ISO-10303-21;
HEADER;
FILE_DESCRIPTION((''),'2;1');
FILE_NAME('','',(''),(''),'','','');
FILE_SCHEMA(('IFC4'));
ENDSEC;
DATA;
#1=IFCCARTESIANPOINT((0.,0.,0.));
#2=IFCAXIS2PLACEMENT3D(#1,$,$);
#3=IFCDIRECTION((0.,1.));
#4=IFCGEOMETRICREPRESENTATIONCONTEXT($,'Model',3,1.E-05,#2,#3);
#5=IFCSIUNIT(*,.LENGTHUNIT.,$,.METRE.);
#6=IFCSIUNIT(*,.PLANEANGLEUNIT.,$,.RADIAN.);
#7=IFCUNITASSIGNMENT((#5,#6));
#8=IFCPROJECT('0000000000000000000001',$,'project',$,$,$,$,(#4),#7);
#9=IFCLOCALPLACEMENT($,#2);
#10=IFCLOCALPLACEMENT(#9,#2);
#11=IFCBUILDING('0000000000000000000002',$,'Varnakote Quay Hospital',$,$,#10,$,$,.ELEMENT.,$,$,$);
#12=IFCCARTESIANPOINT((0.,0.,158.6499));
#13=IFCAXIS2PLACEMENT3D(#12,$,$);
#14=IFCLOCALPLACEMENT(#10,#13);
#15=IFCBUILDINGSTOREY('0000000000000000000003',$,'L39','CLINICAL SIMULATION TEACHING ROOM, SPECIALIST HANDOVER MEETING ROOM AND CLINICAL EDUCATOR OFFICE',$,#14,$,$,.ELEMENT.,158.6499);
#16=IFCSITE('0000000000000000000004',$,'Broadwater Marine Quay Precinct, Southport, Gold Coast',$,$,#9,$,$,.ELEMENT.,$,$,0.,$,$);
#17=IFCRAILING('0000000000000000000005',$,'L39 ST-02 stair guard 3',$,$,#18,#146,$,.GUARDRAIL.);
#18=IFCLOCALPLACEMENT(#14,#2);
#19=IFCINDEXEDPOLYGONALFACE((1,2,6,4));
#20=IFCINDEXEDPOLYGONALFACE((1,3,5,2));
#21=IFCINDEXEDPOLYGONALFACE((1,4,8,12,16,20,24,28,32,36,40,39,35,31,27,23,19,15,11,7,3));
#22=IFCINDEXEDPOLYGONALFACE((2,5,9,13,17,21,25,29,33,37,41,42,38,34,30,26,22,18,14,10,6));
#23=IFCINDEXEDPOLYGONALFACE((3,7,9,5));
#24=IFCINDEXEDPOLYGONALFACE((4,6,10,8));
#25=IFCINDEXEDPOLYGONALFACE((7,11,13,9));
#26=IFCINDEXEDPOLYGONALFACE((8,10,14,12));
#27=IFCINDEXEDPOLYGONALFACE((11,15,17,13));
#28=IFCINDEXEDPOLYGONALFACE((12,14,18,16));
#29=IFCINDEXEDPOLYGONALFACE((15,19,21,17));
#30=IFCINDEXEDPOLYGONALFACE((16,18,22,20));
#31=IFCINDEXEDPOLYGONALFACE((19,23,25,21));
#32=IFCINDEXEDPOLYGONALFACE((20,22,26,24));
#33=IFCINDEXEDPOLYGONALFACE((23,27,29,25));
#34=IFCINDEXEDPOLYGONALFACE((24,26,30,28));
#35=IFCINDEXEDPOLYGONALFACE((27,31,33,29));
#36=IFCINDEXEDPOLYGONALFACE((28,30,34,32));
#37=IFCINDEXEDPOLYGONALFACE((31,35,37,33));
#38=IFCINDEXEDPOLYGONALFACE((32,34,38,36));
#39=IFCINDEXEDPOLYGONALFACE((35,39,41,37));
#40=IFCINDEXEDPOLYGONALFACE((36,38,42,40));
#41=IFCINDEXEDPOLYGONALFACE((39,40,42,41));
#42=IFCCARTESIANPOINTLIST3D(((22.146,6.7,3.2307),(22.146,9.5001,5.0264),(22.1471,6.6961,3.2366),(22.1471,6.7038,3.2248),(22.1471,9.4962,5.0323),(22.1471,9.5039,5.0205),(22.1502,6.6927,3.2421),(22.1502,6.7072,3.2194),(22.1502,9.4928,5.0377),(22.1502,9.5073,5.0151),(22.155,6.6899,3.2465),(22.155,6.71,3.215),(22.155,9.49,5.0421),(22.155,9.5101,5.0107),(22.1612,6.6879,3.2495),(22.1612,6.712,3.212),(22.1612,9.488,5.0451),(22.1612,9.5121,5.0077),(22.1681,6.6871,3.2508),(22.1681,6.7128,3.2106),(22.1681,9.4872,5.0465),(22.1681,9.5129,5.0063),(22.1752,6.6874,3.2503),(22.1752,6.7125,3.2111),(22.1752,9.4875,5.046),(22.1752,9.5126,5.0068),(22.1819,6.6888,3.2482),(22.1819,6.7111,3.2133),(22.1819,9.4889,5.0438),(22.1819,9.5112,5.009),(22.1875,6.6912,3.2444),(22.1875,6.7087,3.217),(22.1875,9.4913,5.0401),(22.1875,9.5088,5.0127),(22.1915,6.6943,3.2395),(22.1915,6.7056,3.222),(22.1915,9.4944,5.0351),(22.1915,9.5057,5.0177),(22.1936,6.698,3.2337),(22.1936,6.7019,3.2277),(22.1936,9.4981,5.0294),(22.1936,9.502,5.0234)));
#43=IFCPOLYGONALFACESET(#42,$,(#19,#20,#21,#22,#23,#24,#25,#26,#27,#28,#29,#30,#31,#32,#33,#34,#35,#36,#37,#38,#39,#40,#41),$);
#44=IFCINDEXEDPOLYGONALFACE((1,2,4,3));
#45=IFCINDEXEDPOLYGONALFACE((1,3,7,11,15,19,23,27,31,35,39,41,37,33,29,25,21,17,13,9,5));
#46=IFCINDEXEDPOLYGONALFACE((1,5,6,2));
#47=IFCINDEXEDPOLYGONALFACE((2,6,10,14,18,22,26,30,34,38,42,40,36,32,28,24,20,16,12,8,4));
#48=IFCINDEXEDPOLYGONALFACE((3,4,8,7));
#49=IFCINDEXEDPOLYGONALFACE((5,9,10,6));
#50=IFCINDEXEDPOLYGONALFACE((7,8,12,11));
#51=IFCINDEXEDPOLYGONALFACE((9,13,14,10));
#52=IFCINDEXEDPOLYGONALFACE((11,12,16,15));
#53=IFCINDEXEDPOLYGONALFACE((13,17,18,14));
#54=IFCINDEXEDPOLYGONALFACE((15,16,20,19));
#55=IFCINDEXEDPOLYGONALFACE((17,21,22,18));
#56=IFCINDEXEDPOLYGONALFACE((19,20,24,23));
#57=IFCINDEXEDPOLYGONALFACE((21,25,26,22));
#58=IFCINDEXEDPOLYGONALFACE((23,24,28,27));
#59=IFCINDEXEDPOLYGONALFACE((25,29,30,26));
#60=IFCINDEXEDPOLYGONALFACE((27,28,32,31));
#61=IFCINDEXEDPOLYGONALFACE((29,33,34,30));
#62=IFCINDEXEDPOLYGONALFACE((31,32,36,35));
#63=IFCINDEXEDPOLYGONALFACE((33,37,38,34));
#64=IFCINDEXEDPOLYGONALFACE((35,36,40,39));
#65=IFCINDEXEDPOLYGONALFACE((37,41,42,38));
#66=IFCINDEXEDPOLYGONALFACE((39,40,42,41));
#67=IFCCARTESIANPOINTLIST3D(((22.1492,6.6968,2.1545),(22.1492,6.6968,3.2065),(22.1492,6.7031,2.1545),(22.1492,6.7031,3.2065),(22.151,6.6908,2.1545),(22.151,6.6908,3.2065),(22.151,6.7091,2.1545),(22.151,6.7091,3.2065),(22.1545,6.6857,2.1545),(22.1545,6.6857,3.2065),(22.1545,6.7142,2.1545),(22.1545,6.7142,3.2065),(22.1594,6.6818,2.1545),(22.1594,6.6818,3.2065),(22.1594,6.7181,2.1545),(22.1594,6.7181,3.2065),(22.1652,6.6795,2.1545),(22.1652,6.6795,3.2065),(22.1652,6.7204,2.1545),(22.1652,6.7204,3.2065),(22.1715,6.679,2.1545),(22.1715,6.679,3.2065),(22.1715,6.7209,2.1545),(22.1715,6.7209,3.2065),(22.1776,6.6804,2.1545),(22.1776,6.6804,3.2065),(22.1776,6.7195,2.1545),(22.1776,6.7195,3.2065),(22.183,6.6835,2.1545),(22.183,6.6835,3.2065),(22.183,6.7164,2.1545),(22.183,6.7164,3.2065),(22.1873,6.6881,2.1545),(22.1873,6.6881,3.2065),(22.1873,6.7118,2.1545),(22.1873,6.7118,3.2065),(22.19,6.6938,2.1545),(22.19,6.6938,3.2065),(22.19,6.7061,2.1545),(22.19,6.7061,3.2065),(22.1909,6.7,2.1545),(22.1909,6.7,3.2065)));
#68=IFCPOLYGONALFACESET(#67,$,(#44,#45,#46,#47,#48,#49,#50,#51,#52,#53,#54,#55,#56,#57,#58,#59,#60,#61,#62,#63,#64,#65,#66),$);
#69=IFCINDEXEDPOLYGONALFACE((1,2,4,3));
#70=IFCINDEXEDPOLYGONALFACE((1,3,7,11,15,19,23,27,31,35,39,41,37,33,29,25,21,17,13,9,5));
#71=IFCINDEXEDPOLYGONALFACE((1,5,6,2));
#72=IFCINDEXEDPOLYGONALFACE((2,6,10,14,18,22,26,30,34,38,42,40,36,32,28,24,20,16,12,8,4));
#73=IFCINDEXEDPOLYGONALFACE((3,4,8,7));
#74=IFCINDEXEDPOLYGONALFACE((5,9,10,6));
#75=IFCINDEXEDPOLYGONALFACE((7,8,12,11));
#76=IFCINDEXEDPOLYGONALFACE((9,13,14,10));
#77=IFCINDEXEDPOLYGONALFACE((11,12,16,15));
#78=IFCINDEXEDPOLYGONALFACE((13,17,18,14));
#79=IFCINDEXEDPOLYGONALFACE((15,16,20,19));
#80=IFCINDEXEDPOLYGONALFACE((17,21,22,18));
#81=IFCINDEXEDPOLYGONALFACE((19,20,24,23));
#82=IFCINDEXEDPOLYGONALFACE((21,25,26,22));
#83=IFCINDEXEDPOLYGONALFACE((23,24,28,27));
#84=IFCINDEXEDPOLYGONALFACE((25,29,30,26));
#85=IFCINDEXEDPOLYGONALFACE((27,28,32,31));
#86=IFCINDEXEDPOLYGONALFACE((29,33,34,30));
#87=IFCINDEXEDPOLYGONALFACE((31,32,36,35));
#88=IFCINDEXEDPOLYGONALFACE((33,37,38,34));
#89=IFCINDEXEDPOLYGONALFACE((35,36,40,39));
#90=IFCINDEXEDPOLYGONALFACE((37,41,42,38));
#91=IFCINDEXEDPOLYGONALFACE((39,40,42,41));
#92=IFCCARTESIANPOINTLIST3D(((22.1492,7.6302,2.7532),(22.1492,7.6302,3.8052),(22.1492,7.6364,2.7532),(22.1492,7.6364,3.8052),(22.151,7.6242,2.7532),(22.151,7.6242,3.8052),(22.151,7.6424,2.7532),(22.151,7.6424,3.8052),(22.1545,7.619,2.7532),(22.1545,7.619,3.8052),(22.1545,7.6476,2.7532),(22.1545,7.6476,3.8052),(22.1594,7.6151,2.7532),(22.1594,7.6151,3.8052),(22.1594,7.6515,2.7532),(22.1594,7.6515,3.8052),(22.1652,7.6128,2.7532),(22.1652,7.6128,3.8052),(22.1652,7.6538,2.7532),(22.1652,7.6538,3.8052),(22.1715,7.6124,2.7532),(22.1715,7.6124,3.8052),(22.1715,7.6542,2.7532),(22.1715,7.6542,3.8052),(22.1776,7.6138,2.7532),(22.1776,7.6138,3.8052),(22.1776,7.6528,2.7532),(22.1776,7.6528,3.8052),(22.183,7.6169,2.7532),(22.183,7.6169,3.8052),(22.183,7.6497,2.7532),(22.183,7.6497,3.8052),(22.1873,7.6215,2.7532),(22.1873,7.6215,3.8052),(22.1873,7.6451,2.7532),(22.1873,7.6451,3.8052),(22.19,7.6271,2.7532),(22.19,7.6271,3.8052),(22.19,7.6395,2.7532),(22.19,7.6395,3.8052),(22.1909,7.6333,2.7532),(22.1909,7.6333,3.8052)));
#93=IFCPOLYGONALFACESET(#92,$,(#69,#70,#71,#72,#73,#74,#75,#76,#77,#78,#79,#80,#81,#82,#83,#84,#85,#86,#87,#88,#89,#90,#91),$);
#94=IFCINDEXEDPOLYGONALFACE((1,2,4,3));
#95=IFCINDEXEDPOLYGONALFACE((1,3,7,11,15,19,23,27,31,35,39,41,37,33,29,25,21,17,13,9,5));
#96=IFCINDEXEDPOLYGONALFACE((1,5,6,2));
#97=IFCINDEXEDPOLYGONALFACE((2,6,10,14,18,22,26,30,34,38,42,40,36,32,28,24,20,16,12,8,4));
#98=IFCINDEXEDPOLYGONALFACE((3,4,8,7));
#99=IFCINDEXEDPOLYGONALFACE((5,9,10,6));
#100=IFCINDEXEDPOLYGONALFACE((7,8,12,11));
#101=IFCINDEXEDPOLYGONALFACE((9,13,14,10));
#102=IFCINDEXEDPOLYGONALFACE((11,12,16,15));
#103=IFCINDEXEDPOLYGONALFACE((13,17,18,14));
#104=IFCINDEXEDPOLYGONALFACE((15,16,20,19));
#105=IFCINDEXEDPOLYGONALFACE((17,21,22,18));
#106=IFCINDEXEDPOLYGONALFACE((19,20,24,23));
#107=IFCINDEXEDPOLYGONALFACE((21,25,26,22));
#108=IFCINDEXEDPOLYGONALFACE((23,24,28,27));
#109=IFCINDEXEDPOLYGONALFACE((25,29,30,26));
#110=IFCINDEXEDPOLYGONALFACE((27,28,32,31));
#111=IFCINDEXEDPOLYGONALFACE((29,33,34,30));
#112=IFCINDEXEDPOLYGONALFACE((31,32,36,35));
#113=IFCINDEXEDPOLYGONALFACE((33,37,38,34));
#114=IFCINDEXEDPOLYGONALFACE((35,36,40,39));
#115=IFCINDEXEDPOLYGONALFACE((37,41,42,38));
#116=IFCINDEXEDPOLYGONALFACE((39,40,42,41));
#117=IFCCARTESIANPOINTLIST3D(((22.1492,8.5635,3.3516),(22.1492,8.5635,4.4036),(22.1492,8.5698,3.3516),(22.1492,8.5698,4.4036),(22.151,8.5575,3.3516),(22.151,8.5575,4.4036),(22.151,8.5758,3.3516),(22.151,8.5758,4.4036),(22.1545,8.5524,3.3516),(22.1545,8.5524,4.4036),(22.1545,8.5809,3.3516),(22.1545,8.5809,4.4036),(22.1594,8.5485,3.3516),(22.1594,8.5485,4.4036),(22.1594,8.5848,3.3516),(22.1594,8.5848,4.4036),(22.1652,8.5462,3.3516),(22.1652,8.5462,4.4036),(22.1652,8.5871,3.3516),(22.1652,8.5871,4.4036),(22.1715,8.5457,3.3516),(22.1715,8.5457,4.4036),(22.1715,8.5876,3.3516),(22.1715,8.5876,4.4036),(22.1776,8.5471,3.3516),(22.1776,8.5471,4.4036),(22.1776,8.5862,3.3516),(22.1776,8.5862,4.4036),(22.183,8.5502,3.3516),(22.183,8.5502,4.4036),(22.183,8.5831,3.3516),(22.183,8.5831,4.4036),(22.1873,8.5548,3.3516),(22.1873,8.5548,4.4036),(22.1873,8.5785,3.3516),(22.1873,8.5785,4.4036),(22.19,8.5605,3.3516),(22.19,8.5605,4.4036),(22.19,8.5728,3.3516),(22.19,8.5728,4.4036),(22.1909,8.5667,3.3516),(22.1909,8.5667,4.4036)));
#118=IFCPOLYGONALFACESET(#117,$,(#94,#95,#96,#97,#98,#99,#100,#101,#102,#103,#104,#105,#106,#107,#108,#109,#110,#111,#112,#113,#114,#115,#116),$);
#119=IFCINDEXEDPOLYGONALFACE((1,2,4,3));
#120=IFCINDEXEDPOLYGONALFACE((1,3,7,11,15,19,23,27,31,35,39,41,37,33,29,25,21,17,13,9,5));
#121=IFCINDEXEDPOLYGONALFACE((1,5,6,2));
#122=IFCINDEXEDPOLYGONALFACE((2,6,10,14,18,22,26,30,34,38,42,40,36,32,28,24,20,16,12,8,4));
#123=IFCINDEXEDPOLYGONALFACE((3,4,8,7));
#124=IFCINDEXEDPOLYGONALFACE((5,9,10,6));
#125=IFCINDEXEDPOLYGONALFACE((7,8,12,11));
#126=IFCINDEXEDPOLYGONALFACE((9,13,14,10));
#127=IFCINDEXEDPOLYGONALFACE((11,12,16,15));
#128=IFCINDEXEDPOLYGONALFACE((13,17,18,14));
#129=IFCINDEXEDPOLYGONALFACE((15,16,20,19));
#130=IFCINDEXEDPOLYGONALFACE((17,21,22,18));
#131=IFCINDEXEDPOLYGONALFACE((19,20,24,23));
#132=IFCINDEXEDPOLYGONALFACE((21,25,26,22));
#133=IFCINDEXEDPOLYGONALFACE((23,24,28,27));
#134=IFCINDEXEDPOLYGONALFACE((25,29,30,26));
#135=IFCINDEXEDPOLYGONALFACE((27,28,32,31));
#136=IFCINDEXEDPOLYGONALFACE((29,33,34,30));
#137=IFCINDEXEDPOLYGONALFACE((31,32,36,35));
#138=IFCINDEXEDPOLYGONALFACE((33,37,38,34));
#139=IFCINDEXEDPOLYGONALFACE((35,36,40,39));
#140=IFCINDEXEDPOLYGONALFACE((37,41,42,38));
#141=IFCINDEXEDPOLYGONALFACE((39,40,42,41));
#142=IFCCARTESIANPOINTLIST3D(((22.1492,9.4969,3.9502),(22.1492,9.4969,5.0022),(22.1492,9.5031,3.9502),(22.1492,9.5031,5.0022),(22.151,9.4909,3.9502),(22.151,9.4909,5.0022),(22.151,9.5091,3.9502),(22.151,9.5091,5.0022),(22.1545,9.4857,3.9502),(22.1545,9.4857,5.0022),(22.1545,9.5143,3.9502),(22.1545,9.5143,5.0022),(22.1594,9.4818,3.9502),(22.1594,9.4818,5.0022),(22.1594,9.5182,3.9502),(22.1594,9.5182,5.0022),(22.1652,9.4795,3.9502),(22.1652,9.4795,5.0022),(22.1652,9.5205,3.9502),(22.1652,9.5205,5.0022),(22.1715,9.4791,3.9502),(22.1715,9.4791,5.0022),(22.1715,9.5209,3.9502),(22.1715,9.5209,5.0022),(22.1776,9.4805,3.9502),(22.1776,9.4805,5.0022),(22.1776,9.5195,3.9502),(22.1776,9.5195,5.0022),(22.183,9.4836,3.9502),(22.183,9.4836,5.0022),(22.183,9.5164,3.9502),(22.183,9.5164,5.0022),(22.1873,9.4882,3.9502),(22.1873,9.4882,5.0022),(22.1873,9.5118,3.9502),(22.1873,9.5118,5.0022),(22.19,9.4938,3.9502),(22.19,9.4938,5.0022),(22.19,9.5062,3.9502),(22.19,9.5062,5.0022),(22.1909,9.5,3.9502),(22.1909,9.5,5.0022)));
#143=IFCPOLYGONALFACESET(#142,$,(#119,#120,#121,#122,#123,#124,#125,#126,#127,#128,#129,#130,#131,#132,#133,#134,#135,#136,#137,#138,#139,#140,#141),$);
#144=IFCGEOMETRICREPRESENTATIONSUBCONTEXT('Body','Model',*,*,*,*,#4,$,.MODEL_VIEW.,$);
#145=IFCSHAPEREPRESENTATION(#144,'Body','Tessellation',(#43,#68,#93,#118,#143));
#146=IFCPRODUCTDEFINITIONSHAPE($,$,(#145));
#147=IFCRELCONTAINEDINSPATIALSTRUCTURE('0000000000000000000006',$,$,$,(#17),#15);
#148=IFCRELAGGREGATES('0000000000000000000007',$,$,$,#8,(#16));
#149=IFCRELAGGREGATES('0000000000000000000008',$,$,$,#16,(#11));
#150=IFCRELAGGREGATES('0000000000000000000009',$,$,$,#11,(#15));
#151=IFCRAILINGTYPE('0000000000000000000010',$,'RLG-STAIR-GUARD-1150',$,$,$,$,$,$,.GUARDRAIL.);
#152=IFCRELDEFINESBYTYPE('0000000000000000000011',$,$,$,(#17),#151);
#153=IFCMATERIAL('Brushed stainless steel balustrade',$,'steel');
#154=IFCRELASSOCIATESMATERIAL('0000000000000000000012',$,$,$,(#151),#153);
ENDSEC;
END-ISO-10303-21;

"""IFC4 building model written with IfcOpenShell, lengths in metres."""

from ifc_helpers import new_model, si_unit, direction, frame, origin, origin_2d, place, context, subcontext, project, spatial, circle, extrude, material, type_object, element, save


model = new_model("IFC4")

# Units and contexts
model_context = context("Model", 3, precision=1e-05, world=origin(), true_north=direction((0.0, 1.0)))
body_context = subcontext(model_context, "Body", "Model", "MODEL_VIEW")
ifc_project = project(units=[si_unit("LENGTHUNIT", "METRE"), si_unit("PLANEANGLEUNIT", "RADIAN")], contexts=[model_context])

# Site, building, storey
site_placement = place(None, origin())
site = spatial("IfcSite", under=ifc_project, at=site_placement, Name="Broadwater Marine Quay Precinct, Southport, Gold Coast", CompositionType="ELEMENT", RefElevation=0.0)
building_placement = place(site_placement, origin())
building = spatial("IfcBuilding", under=site, at=building_placement, Name="Varnakote Quay Hospital", CompositionType="ELEMENT")
storey_placement = place(building_placement, frame((0.0, 0.0, 158.6499)))
storey = spatial("IfcBuildingStorey", under=building, at=storey_placement, Name="L39", Description="CLINICAL SIMULATION TEACHING ROOM, SPECIALIST HANDOVER MEETING ROOM AND CLINICAL EDUCATOR OFFICE", CompositionType="ELEMENT", Elevation=158.6499)

# Railing
ifc_material_1 = material(Name="Brushed stainless steel balustrade", Category="steel")
railing_type_1 = type_object("IfcRailingType", Name="RLG-STAIR-GUARD-1150", PredefinedType="GUARDRAIL", material=ifc_material_1)
railing_1_placement = place(storey_placement, frame((22.1699, 6.7, 2.1545)))
element("IfcRailing", 1, at=railing_1_placement, inside=storey, type_object=railing_type_1, Name="L39 ST-02 stair guard 3", PredefinedType="GUARDRAIL", context=body_context, shape_type="SweptSolid", body=[
    extrude(circle(Radius=0.0239, at=origin_2d()), frame((0.0, 0.0, 1.0762), z_axis=(0.0, 0.841777, 0.539826), x_axis=(-1.0, 0.0, 0.0)), (0.0, 0.0, 1.0), 3.3264),
    extrude(circle(Radius=0.021, at=origin_2d()), origin(), (0.0, 0.0, 1.0), 1.052),
    extrude(circle(Radius=0.021, at=origin_2d()), frame((0.0, 0.9333, 0.5986)), (0.0, 0.0, 1.0), 1.052),
    extrude(circle(Radius=0.021, at=origin_2d()), frame((0.0, 1.8667, 1.197)), (0.0, 0.0, 1.0), 1.052),
    extrude(circle(Radius=0.021, at=origin_2d()), frame((0.0, 2.8, 1.7957)), (0.0, 0.0, 1.0), 1.052),
])

save(model, "model.ifc")
